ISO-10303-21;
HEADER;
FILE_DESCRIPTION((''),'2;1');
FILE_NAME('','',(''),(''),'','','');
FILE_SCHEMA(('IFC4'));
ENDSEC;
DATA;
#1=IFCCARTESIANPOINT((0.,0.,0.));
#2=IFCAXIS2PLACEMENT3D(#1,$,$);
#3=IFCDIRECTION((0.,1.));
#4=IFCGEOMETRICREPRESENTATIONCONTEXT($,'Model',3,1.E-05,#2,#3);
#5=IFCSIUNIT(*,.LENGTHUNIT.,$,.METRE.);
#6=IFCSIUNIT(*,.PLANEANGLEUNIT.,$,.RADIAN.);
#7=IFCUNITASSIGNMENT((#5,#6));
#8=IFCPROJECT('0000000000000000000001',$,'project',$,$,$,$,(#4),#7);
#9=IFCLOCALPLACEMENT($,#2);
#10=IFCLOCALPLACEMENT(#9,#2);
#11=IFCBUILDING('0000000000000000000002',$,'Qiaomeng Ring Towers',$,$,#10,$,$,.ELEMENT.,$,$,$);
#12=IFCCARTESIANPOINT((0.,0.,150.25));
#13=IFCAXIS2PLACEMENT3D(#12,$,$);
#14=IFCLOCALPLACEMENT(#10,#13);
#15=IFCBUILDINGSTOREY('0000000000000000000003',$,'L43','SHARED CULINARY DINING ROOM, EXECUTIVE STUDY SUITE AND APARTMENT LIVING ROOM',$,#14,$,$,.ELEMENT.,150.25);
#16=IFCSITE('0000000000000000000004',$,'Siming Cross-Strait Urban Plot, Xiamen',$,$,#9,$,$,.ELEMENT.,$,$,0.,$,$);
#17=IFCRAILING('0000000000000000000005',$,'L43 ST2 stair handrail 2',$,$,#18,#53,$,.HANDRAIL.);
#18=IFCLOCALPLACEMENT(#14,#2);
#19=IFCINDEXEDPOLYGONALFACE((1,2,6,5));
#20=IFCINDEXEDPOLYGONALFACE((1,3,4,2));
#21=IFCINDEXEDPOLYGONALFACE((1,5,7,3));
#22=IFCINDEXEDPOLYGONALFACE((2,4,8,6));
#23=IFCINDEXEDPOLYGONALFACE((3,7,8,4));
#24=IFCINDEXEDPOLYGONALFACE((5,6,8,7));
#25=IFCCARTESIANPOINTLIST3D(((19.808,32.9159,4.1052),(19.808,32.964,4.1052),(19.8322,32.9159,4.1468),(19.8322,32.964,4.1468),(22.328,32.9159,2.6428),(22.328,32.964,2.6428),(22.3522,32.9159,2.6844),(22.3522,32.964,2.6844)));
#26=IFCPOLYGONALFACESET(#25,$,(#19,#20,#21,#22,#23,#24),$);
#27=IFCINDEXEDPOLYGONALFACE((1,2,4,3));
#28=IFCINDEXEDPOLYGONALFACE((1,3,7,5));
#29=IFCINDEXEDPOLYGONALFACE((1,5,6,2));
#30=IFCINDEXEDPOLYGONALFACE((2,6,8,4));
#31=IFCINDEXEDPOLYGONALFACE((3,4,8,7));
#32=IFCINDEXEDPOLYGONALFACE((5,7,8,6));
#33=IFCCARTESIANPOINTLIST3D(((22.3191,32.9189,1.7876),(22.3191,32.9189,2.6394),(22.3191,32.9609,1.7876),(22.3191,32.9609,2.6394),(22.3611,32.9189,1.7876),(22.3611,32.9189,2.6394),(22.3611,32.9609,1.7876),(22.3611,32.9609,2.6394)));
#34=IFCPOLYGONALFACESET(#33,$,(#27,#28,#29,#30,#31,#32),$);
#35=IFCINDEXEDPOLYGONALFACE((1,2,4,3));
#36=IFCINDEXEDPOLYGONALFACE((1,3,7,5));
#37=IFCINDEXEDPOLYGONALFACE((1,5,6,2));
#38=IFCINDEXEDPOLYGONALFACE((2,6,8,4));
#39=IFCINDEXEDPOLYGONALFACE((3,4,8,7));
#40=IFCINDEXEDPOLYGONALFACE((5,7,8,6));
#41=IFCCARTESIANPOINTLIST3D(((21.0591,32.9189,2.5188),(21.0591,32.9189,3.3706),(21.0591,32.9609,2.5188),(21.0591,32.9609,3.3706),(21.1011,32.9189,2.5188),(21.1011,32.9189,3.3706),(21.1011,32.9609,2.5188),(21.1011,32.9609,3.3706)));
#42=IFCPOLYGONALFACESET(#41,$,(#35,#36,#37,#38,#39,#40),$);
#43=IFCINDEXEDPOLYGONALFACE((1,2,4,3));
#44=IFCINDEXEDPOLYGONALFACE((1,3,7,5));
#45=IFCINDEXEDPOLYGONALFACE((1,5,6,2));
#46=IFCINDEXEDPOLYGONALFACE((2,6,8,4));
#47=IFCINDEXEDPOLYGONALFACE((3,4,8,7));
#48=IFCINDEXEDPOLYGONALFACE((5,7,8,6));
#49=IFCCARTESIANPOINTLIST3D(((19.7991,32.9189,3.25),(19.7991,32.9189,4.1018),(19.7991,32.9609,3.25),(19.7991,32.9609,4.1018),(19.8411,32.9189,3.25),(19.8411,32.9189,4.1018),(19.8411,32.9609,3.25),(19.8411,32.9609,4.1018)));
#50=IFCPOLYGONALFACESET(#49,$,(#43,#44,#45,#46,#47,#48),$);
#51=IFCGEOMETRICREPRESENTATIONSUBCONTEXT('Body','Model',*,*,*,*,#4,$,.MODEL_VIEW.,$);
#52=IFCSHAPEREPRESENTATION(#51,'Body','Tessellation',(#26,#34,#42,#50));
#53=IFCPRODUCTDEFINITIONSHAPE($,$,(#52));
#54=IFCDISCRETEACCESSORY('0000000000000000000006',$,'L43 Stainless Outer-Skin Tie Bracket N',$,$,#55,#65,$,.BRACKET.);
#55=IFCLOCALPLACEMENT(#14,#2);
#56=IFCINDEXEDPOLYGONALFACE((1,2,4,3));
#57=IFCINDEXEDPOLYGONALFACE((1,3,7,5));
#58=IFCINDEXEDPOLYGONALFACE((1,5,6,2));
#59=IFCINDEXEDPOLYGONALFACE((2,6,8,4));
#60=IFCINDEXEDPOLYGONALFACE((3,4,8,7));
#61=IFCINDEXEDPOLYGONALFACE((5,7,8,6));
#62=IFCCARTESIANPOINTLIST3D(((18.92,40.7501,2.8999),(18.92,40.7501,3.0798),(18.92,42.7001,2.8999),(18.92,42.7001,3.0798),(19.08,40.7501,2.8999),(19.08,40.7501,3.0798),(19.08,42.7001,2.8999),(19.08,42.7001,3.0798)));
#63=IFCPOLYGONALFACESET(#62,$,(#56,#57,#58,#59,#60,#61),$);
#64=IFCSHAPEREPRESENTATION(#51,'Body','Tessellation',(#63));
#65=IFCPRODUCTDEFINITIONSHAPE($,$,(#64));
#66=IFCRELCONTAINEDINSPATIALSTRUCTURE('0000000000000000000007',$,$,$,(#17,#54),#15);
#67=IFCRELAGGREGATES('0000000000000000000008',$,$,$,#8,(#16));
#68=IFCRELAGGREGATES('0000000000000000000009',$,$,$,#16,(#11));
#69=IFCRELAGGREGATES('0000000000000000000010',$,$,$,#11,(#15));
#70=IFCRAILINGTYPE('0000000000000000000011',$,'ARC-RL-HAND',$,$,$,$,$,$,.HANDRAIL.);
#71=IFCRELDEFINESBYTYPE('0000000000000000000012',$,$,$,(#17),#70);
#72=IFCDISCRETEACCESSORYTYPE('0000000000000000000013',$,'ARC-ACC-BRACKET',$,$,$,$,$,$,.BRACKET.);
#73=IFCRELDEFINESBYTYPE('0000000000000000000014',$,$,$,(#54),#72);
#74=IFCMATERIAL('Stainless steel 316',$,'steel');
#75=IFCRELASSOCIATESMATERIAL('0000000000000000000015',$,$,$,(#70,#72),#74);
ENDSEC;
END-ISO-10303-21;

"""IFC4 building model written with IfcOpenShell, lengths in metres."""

from ifc_helpers import new_model, si_unit, direction, frame, origin, origin_2d, place, context, subcontext, project, spatial, rectangle, extrude, source, transform, mapped, material, type_object, element, save


model = new_model("IFC4")

# Units and contexts
model_context = context("Model", 3, precision=1e-05, world=origin(), true_north=direction((0.0, 1.0)))
body_context = subcontext(model_context, "Body", "Model", "MODEL_VIEW")
ifc_project = project(units=[si_unit("LENGTHUNIT", "METRE"), si_unit("PLANEANGLEUNIT", "RADIAN")], contexts=[model_context])

# Site, building, storey
site_placement = place(None, origin())
site = spatial("IfcSite", under=ifc_project, at=site_placement, Name="Siming Cross-Strait Urban Plot, Xiamen", CompositionType="ELEMENT", RefElevation=0.0)
building_placement = place(site_placement, origin())
building = spatial("IfcBuilding", under=site, at=building_placement, Name="Qiaomeng Ring Towers", CompositionType="ELEMENT")
storey_placement = place(building_placement, frame((0.0, 0.0, 150.25)))
storey = spatial("IfcBuildingStorey", under=building, at=storey_placement, Name="L43", Description="SHARED CULINARY DINING ROOM, EXECUTIVE STUDY SUITE AND APARTMENT LIVING ROOM", CompositionType="ELEMENT", Elevation=150.25)

# Railing
ifc_material_1 = material(Name="Stainless steel 316", Category="steel")
railing_type_1 = type_object("IfcRailingType", Name="ARC-RL-HAND", PredefinedType="HANDRAIL", material=ifc_material_1)
railing_1_placement = place(storey_placement, frame((22.3401, 32.9399, 1.7876)))
element("IfcRailing", 1, at=railing_1_placement, inside=storey, type_object=railing_type_1, Name="L43 ST2 stair handrail 2", PredefinedType="HANDRAIL", context=body_context, shape_type="SweptSolid", body=[
    extrude(rectangle(XDim=0.0481, YDim=0.0481, at=origin_2d()), frame((0.0, 0.0, 0.876), z_axis=(-0.864913, 0.0, 0.501921), x_axis=(0.0, -1.0, 0.0)), (0.0, 0.0, 1.0), 2.9136),
    extrude(rectangle(XDim=0.042, YDim=0.042, at=origin_2d()), origin(), (0.0, 0.0, 1.0), 0.8518),
    extrude(rectangle(XDim=0.042, YDim=0.042, at=origin_2d()), frame((-1.26, 0.0, 0.7312)), (0.0, 0.0, 1.0), 0.8518),
    extrude(rectangle(XDim=0.042, YDim=0.042, at=origin_2d()), frame((-2.52, 0.0, 1.4624)), (0.0, 0.0, 1.0), 0.8518),
])

# Discrete accessory
discrete_accessory_type = type_object("IfcDiscreteAccessoryType", Name="ARC-ACC-BRACKET", PredefinedType="BRACKET", material=ifc_material_1)
shared_shape_1 = source(origin(), body_context, "Body", "SweptSolid", [
    extrude(rectangle(XDim=0.1599, YDim=1.95, at=origin_2d()), origin(), (0.0, 0.0, 1.0), 0.1799),
])
discrete_accessory_placement = place(storey_placement, frame((19.0, 41.7251, 2.8999), z_axis=(0.0, 0.0, 1.0), x_axis=(1.0, 0.0, 0.0)))
element("IfcDiscreteAccessory", 2, at=discrete_accessory_placement, inside=storey, type_object=discrete_accessory_type, Name="L43 Stainless Outer-Skin Tie Bracket N", PredefinedType="BRACKET", context=body_context, shape_type="MappedRepresentation", body=[
    mapped(shared_shape_1, transform((0.0, 0.0, 0.0), x_axis=(1.0, 0.0, 0.0), y_axis=(0.0, 1.0, 0.0), z_axis=(0.0, 0.0, 1.0), scale=1.0)),
])

save(model, "model.ifc")
